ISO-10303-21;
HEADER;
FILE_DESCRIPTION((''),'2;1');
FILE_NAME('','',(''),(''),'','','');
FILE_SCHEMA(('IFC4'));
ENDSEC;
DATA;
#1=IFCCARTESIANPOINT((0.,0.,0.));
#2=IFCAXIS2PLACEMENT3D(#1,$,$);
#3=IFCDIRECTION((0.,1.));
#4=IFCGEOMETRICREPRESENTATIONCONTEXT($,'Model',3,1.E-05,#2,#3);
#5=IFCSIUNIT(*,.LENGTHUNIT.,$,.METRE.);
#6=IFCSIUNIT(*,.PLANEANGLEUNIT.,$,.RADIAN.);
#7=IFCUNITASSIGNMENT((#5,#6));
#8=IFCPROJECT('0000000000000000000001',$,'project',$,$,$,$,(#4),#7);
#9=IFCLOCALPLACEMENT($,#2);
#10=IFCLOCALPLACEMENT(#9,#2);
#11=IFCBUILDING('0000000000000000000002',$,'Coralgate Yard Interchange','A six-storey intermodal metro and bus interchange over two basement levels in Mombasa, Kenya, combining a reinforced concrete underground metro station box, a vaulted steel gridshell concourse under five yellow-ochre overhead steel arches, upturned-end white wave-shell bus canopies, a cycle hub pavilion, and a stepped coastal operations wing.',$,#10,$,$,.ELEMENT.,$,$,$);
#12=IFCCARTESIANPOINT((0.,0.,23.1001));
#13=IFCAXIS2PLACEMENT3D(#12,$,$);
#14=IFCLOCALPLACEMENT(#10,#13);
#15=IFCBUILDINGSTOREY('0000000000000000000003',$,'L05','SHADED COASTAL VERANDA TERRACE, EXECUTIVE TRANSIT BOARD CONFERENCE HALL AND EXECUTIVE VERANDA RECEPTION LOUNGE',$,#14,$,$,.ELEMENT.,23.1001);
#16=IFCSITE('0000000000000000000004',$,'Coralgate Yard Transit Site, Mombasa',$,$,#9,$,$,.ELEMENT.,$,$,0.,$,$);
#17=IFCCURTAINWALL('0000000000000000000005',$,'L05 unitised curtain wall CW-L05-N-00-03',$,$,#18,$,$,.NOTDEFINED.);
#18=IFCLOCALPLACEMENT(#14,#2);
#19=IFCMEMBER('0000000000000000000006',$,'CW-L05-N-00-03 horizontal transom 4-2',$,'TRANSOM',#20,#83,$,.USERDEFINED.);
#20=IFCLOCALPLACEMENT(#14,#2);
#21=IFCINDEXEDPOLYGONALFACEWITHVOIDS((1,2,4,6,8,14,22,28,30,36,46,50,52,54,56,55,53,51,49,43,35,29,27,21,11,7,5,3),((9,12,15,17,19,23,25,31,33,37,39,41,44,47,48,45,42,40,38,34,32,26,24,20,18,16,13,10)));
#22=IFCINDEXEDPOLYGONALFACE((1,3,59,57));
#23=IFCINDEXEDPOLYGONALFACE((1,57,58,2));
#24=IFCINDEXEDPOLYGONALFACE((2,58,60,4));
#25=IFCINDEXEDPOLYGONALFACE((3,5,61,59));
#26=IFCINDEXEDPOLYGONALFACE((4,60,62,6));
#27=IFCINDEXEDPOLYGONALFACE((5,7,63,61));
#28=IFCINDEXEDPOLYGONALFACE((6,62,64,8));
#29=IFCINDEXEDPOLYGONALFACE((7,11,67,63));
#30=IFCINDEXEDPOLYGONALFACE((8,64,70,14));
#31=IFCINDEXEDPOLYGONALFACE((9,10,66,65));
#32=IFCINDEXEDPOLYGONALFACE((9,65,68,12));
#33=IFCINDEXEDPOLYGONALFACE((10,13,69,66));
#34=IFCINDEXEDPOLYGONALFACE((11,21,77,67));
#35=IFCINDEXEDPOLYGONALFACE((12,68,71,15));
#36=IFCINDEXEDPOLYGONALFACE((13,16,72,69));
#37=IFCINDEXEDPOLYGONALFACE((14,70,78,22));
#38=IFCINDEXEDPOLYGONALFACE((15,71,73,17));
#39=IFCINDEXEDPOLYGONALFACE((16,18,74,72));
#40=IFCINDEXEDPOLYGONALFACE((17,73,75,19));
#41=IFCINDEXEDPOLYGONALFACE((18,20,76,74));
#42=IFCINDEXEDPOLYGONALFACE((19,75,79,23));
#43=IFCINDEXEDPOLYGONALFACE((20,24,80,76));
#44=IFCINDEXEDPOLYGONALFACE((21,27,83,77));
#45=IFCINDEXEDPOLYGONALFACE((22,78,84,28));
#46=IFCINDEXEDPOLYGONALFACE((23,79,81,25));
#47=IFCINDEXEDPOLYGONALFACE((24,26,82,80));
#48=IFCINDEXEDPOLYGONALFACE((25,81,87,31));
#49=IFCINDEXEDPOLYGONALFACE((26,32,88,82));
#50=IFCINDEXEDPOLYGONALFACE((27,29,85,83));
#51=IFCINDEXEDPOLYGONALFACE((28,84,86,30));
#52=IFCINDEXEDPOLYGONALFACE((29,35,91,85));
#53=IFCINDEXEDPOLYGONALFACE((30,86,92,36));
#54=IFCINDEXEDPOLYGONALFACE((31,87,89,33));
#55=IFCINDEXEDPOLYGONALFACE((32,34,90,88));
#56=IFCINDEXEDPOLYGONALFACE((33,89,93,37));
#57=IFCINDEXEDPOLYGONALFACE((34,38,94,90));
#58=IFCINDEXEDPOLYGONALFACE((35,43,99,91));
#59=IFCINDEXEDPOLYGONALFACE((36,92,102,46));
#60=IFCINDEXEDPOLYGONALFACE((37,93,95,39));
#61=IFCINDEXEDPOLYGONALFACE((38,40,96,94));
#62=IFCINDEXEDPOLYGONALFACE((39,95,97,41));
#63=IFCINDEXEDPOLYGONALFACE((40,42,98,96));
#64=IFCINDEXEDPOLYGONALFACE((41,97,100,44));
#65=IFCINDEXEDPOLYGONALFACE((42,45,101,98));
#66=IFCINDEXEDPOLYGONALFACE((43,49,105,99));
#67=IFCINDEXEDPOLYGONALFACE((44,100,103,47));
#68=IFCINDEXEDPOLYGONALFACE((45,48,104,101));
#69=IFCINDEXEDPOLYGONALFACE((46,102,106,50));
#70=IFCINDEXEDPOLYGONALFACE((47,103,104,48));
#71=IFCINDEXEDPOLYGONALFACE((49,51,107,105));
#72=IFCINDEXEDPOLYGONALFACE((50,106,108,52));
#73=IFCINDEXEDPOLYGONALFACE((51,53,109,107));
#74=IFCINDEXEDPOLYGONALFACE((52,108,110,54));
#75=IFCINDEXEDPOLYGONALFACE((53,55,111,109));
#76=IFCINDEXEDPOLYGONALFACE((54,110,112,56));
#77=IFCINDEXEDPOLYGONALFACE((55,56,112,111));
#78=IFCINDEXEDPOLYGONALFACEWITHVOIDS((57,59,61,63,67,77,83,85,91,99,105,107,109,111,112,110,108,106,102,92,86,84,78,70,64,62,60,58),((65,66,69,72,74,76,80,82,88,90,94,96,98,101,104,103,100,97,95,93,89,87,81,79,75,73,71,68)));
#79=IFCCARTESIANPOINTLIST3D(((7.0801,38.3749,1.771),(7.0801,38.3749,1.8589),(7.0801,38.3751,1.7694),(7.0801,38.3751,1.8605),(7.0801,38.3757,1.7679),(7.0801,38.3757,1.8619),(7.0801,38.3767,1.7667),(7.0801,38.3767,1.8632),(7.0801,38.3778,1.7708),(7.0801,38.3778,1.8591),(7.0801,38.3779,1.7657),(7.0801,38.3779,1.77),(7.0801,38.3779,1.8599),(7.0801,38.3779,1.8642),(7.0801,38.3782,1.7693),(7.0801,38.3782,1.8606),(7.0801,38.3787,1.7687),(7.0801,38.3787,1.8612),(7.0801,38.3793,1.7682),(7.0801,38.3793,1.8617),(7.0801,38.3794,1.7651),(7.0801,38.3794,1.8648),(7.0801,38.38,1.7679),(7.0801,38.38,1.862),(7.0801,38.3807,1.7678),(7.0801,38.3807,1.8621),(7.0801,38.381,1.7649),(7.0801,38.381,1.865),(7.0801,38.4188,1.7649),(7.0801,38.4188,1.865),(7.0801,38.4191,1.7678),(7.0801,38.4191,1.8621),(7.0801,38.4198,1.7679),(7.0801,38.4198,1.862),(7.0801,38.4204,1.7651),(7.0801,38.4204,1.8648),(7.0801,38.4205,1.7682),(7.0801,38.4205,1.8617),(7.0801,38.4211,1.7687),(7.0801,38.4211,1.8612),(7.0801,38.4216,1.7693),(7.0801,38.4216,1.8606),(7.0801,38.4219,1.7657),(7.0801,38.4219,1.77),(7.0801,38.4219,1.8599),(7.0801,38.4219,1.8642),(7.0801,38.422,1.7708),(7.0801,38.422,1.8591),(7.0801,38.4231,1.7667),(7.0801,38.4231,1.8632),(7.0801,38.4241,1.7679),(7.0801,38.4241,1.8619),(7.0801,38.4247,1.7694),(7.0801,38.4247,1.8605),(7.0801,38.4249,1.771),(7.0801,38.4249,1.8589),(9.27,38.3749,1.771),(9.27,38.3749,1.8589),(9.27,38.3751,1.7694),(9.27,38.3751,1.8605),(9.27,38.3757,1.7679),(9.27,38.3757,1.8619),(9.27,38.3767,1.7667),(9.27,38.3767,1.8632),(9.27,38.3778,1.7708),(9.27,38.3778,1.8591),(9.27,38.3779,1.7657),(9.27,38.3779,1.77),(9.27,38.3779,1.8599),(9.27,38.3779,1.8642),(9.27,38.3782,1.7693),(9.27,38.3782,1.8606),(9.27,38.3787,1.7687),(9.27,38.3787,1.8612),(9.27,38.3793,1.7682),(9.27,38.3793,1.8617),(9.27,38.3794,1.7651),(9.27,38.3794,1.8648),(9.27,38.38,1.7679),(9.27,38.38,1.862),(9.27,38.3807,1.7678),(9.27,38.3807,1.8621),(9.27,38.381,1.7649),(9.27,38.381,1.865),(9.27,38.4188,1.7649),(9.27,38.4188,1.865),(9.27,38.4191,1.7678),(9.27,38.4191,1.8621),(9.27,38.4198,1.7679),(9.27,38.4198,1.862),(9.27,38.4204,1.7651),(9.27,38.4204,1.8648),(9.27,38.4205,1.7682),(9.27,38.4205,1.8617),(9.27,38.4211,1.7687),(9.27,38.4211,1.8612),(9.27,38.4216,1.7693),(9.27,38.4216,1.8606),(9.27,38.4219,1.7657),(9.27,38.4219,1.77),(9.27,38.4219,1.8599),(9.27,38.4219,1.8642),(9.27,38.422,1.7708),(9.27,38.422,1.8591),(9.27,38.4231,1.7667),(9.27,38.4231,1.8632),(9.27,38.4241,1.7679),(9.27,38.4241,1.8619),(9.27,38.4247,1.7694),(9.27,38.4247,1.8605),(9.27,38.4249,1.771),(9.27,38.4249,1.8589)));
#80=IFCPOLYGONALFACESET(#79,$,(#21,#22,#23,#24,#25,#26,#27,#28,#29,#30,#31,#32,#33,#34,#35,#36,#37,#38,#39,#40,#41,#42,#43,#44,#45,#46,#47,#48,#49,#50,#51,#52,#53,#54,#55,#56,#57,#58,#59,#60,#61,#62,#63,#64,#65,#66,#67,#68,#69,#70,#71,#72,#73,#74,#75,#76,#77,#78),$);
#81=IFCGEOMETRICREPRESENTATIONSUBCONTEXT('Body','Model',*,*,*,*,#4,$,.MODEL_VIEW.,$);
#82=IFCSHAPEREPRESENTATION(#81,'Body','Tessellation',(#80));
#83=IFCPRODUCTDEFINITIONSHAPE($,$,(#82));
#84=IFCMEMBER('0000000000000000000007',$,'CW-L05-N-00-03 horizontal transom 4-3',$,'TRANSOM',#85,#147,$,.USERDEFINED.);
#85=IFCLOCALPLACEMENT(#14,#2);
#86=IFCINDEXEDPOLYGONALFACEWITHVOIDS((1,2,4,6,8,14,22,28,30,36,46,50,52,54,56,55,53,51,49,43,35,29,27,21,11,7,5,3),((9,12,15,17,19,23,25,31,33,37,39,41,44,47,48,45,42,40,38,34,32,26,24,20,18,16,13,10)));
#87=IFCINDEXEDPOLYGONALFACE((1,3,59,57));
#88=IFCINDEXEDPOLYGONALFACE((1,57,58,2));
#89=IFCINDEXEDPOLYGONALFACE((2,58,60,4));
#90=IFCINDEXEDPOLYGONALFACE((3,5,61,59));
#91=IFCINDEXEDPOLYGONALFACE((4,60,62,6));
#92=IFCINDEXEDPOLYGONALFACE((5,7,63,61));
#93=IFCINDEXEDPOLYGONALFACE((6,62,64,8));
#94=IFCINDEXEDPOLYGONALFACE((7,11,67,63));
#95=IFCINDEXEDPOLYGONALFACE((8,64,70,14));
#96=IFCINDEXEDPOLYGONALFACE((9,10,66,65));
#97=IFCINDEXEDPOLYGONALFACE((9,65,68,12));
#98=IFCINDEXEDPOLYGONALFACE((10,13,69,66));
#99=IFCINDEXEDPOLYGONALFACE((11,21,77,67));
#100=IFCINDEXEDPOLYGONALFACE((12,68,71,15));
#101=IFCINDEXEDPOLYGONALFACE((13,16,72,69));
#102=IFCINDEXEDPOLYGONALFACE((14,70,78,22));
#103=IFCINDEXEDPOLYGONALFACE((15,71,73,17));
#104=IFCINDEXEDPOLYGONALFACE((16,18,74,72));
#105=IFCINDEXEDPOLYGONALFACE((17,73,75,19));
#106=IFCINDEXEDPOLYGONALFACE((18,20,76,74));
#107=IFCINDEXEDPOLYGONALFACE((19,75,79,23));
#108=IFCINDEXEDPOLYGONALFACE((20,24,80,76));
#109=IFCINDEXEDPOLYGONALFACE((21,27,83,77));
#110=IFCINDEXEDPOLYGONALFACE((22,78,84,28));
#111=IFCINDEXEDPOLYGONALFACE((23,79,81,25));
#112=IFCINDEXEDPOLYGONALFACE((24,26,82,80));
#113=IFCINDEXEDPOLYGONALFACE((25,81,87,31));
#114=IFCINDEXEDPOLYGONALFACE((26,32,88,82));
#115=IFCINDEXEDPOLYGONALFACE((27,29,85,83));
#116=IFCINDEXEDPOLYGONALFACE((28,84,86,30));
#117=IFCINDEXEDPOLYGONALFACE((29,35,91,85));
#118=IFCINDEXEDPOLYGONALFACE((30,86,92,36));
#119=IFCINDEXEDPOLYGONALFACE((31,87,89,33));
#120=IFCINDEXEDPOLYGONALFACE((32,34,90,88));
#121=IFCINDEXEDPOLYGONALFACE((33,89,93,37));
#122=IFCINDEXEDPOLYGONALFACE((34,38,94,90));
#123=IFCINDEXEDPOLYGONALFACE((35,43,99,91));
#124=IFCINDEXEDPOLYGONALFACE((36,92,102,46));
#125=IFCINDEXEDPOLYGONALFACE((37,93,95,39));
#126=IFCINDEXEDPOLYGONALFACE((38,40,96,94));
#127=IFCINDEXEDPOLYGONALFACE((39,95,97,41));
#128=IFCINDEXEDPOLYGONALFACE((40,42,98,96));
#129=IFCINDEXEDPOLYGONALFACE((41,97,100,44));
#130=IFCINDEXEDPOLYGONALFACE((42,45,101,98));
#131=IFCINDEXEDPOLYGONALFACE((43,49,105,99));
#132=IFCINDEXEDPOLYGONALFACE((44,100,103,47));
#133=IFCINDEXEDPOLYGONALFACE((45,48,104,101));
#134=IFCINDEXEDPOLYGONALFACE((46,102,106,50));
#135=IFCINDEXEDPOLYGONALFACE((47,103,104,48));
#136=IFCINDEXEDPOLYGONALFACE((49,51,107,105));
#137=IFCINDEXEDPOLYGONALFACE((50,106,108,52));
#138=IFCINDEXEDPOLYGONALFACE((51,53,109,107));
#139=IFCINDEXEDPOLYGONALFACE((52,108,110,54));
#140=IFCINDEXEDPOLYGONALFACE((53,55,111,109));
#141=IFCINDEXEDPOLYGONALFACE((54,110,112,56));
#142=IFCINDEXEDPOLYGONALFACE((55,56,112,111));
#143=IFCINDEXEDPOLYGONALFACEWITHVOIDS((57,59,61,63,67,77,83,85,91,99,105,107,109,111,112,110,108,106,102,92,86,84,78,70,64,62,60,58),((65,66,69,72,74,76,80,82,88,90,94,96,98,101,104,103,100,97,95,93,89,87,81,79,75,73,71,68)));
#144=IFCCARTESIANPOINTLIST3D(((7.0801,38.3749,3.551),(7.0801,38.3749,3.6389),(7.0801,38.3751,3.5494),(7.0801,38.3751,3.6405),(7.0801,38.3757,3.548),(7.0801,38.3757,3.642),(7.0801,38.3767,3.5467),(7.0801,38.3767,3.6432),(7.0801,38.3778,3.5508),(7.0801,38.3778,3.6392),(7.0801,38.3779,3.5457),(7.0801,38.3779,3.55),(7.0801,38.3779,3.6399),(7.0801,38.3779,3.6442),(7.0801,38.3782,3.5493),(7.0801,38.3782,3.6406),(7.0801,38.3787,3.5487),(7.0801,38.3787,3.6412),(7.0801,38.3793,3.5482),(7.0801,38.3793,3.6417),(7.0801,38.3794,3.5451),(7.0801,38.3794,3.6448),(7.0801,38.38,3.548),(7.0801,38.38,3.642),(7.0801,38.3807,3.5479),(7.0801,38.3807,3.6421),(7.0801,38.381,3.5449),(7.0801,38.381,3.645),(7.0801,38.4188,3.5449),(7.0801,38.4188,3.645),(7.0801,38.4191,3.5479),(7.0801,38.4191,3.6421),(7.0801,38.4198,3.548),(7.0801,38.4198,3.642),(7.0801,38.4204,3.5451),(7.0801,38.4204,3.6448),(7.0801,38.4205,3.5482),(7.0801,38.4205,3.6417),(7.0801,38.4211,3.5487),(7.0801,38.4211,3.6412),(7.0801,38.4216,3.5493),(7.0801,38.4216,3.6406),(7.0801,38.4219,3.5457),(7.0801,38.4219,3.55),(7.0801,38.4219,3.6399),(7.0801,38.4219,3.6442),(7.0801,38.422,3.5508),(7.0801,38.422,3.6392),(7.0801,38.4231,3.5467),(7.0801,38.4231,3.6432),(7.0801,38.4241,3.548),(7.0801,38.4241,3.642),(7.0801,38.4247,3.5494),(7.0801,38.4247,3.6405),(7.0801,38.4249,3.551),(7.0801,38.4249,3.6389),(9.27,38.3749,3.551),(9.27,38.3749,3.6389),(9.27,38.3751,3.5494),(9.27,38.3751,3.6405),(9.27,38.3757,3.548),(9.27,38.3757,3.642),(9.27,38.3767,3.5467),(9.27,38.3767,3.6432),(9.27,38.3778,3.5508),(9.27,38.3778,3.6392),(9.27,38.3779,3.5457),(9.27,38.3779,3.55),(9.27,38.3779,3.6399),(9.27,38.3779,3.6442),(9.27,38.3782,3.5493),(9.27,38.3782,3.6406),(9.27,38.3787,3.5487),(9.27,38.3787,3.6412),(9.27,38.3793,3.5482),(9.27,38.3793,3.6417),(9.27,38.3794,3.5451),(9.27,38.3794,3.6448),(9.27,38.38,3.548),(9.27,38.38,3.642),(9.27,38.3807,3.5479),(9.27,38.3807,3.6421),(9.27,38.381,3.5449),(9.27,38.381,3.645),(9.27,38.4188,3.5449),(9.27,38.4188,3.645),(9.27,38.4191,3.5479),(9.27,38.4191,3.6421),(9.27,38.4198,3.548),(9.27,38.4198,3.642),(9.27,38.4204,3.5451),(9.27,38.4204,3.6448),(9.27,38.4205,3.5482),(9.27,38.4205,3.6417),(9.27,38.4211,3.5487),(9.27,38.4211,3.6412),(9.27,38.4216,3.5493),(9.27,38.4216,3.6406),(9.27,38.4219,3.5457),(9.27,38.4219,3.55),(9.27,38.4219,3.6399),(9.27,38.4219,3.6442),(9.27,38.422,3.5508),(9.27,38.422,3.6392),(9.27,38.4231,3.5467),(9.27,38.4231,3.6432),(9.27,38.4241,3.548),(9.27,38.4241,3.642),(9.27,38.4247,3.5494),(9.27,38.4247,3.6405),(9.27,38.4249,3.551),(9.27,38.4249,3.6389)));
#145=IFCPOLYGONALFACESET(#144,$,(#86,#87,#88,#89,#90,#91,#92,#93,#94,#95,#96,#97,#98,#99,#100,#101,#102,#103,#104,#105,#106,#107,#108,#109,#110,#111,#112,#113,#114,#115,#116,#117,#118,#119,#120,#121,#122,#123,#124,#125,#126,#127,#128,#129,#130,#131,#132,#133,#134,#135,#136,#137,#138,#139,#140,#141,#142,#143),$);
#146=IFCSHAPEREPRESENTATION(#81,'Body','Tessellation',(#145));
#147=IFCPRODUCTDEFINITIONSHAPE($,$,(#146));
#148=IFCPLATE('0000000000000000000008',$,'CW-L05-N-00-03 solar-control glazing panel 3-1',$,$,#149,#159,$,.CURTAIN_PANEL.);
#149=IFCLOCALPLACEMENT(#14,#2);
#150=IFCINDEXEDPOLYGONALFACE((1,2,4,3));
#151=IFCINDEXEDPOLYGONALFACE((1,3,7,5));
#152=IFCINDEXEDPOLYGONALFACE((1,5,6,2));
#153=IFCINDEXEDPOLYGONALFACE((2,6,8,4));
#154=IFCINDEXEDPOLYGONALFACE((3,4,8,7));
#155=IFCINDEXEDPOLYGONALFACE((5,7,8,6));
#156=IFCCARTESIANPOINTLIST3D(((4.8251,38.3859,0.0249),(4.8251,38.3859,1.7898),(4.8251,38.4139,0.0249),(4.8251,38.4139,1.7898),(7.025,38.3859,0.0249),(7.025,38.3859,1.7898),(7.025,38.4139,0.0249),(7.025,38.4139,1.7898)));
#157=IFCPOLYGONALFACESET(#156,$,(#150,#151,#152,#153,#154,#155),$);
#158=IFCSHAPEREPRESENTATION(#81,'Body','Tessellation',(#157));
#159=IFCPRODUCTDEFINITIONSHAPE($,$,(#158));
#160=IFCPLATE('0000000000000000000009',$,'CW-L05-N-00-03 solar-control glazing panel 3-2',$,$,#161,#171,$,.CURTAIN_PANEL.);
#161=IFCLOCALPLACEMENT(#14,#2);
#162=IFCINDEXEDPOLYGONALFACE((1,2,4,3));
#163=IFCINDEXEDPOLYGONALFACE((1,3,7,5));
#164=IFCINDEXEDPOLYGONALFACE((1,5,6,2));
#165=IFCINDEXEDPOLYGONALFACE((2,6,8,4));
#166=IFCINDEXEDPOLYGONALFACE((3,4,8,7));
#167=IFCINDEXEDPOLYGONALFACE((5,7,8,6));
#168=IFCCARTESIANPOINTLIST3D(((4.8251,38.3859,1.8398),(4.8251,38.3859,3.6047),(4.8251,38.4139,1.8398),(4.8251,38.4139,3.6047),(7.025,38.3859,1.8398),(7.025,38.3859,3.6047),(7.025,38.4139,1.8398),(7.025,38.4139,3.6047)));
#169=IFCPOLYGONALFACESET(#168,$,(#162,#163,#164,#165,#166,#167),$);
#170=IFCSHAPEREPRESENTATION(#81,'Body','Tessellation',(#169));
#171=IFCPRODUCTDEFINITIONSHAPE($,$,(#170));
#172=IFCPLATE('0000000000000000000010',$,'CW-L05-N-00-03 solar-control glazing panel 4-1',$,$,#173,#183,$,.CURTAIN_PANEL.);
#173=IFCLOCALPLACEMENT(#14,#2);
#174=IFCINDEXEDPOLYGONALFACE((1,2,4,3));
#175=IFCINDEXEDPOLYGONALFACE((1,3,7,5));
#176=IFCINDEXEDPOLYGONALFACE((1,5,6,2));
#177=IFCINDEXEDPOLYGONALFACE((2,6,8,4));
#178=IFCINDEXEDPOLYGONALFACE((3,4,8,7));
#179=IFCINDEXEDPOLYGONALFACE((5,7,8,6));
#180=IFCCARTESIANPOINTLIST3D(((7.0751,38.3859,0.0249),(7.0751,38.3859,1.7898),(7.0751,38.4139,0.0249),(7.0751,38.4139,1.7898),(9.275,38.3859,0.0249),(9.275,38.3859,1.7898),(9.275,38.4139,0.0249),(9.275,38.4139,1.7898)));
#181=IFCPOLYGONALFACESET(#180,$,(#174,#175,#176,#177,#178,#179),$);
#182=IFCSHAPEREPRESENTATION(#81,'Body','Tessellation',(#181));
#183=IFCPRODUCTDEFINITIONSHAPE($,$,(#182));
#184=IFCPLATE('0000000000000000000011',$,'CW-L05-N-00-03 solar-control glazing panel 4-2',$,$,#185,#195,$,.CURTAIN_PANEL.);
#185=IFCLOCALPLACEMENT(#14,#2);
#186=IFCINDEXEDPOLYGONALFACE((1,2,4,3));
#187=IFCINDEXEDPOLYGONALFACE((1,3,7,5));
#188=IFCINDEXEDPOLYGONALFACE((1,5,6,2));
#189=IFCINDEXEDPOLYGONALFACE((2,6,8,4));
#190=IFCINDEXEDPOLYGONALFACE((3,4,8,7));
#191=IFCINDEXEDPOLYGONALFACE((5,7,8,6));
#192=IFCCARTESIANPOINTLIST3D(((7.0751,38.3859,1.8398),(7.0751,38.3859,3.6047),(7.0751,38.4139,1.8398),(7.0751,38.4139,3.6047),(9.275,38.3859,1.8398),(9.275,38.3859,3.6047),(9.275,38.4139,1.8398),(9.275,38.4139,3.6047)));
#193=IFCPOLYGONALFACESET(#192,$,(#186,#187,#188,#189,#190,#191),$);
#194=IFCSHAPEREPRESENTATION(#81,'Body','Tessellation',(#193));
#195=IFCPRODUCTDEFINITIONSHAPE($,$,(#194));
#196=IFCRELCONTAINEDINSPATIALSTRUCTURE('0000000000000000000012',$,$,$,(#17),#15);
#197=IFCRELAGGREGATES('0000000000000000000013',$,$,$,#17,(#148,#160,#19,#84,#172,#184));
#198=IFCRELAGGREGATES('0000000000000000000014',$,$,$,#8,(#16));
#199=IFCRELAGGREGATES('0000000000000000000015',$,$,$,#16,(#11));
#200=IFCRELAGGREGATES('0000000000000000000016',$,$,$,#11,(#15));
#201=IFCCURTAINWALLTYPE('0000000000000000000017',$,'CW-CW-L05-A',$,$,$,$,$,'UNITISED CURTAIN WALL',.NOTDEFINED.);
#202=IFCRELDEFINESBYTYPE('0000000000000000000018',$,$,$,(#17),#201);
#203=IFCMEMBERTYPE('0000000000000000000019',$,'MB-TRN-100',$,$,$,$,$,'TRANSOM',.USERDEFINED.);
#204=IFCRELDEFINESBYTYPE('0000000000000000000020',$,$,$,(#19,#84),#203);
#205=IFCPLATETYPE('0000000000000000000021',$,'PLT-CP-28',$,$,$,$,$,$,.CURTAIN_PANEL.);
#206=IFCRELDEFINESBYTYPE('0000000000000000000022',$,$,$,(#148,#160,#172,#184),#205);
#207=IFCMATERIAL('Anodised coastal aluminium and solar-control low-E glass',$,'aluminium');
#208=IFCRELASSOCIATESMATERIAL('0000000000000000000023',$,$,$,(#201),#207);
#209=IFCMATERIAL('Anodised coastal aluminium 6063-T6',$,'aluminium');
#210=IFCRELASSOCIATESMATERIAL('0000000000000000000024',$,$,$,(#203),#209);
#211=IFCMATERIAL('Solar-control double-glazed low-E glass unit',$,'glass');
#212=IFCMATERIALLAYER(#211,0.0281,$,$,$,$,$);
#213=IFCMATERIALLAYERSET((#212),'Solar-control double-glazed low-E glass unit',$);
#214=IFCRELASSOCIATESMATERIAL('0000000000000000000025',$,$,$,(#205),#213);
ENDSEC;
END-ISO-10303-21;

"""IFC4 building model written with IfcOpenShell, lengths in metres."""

from ifc_helpers import new_model, si_unit, direction, frame, origin, origin_2d, place, context, subcontext, project, spatial, rectangle, hollow_rectangle, extrude, material, layer, layer_set, material_profile, profile_set, type_object, element, aggregate, save


model = new_model("IFC4")

# Units and contexts
model_context = context("Model", 3, precision=1e-05, world=origin(), true_north=direction((0.0, 1.0)))
body_context = subcontext(model_context, "Body", "Model", "MODEL_VIEW")
ifc_project = project(units=[si_unit("LENGTHUNIT", "METRE"), si_unit("PLANEANGLEUNIT", "RADIAN")], contexts=[model_context])

# Site, building, storey
site_placement = place(None, origin())
site = spatial("IfcSite", under=ifc_project, at=site_placement, Name="Coralgate Yard Transit Site, Mombasa", CompositionType="ELEMENT", RefElevation=0.0)
building_placement = place(site_placement, origin())
building = spatial("IfcBuilding", under=site, at=building_placement, Name="Coralgate Yard Interchange", Description="A six-storey intermodal metro and bus interchange over two basement levels in Mombasa, Kenya, combining a reinforced concrete underground metro station box, a vaulted steel gridshell concourse under five yellow-ochre overhead steel arches, upturned-end white wave-shell bus canopies, a cycle hub pavilion, and a stepped coastal operations wing.", CompositionType="ELEMENT")
storey_placement = place(building_placement, frame((0.0, 0.0, 23.1001)))
storey = spatial("IfcBuildingStorey", under=building, at=storey_placement, Name="L05", Description="SHADED COASTAL VERANDA TERRACE, EXECUTIVE TRANSIT BOARD CONFERENCE HALL AND EXECUTIVE VERANDA RECEPTION LOUNGE", CompositionType="ELEMENT", Elevation=23.1001)

# Curtain wall, members, plates
ifc_material_1 = material(Name="Anodised coastal aluminium and solar-control low-E glass", Category="aluminium")
curtain_wall_type = type_object("IfcCurtainWallType", Name="CW-CW-L05-A", ElementType="UNITISED CURTAIN WALL", PredefinedType="NOTDEFINED", material=ifc_material_1)
curtain_wall_placement = place(storey_placement, origin())
curtain_wall = element("IfcCurtainWall", 1, at=curtain_wall_placement, inside=storey, type_object=curtain_wall_type, Name="L05 unitised curtain wall CW-L05-N-00-03", PredefinedType="NOTDEFINED")
ifc_material_2 = material(Name="Anodised coastal aluminium 6063-T6", Category="aluminium")
ifc_material_profile_1 = material_profile(ifc_material_2, hollow_rectangle(XDim=0.05, YDim=0.1001, WallThickness=0.0029, InnerFilletRadius=0.0029, OuterFilletRadius=0.0061, at=origin_2d()), Name="ALU 50x100x3")
ifc_profile_set_1 = profile_set([ifc_material_profile_1], Name="Anodised coastal aluminium 6063-T6")
member_type_1 = type_object("IfcMemberType", Name="MB-TRN-100", ElementType="TRANSOM", PredefinedType="USERDEFINED", material=ifc_profile_set_1)
member_1_placement = place(storey_placement, frame((7.0801, 38.3999, 1.8149), z_axis=(1.0, 0.0, 0.0), x_axis=(0.0, 1.0, 0.0)))
member_1 = element("IfcMember", 2, at=member_1_placement, type_object=member_type_1, Name="CW-L05-N-00-03 horizontal transom 4-2", ObjectType="TRANSOM", PredefinedType="USERDEFINED", context=body_context, shape_type="SweptSolid", body=[
    extrude(hollow_rectangle(XDim=0.05, YDim=0.1001, WallThickness=0.0029, InnerFilletRadius=0.0029, OuterFilletRadius=0.0061, at=origin_2d()), origin(), (0.0, 0.0, 1.0), 2.1899),
])
member_2_placement = place(storey_placement, frame((7.0801, 38.3999, 3.595), z_axis=(1.0, 0.0, 0.0), x_axis=(0.0, 1.0, 0.0)))
member_2 = element("IfcMember", 3, at=member_2_placement, type_object=member_type_1, Name="CW-L05-N-00-03 horizontal transom 4-3", ObjectType="TRANSOM", PredefinedType="USERDEFINED", context=body_context, shape_type="SweptSolid", body=[
    extrude(hollow_rectangle(XDim=0.05, YDim=0.1001, WallThickness=0.0029, InnerFilletRadius=0.0029, OuterFilletRadius=0.0061, at=origin_2d()), origin(), (0.0, 0.0, 1.0), 2.1899),
])
ifc_material_3 = material(Name="Solar-control double-glazed low-E glass unit", Category="glass")
ifc_layer_1 = layer(ifc_material_3, 0.0281)
ifc_layer_set_1 = layer_set([ifc_layer_1], Name="Solar-control double-glazed low-E glass unit")
plate_type = type_object("IfcPlateType", Name="PLT-CP-28", PredefinedType="CURTAIN_PANEL", material=ifc_layer_set_1)
plate_1_placement = place(storey_placement, frame((5.925, 38.3999, 0.0249), z_axis=(0.0, 0.0, 1.0), x_axis=(1.0, 0.0, 0.0)))
plate_1 = element("IfcPlate", 4, at=plate_1_placement, type_object=plate_type, Name="CW-L05-N-00-03 solar-control glazing panel 3-1", PredefinedType="CURTAIN_PANEL", context=body_context, shape_type="SweptSolid", body=[
    extrude(rectangle(XDim=2.2, YDim=0.0281, at=origin_2d()), origin(), (0.0, 0.0, 1.0), 1.7649),
])
plate_2_placement = place(storey_placement, frame((5.925, 38.3999, 1.8398), z_axis=(0.0, 0.0, 1.0), x_axis=(1.0, 0.0, 0.0)))
plate_2 = element("IfcPlate", 5, at=plate_2_placement, type_object=plate_type, Name="CW-L05-N-00-03 solar-control glazing panel 3-2", PredefinedType="CURTAIN_PANEL", context=body_context, shape_type="SweptSolid", body=[
    extrude(rectangle(XDim=2.2, YDim=0.0281, at=origin_2d()), origin(), (0.0, 0.0, 1.0), 1.7649),
])
plate_3_placement = place(storey_placement, frame((8.175, 38.3999, 0.0249), z_axis=(0.0, 0.0, 1.0), x_axis=(1.0, 0.0, 0.0)))
plate_3 = element("IfcPlate", 6, at=plate_3_placement, type_object=plate_type, Name="CW-L05-N-00-03 solar-control glazing panel 4-1", PredefinedType="CURTAIN_PANEL", context=body_context, shape_type="SweptSolid", body=[
    extrude(rectangle(XDim=2.2, YDim=0.0281, at=origin_2d()), origin(), (0.0, 0.0, 1.0), 1.7649),
])
plate_4_placement = place(storey_placement, frame((8.175, 38.3999, 1.8398), z_axis=(0.0, 0.0, 1.0), x_axis=(1.0, 0.0, 0.0)))
plate_4 = element("IfcPlate", 7, at=plate_4_placement, type_object=plate_type, Name="CW-L05-N-00-03 solar-control glazing panel 4-2", PredefinedType="CURTAIN_PANEL", context=body_context, shape_type="SweptSolid", body=[
    extrude(rectangle(XDim=2.2, YDim=0.0281, at=origin_2d()), origin(), (0.0, 0.0, 1.0), 1.7649),
])
aggregate(curtain_wall, [plate_1, plate_2, member_1, member_2, plate_3, plate_4])

save(model, "model.ifc")
